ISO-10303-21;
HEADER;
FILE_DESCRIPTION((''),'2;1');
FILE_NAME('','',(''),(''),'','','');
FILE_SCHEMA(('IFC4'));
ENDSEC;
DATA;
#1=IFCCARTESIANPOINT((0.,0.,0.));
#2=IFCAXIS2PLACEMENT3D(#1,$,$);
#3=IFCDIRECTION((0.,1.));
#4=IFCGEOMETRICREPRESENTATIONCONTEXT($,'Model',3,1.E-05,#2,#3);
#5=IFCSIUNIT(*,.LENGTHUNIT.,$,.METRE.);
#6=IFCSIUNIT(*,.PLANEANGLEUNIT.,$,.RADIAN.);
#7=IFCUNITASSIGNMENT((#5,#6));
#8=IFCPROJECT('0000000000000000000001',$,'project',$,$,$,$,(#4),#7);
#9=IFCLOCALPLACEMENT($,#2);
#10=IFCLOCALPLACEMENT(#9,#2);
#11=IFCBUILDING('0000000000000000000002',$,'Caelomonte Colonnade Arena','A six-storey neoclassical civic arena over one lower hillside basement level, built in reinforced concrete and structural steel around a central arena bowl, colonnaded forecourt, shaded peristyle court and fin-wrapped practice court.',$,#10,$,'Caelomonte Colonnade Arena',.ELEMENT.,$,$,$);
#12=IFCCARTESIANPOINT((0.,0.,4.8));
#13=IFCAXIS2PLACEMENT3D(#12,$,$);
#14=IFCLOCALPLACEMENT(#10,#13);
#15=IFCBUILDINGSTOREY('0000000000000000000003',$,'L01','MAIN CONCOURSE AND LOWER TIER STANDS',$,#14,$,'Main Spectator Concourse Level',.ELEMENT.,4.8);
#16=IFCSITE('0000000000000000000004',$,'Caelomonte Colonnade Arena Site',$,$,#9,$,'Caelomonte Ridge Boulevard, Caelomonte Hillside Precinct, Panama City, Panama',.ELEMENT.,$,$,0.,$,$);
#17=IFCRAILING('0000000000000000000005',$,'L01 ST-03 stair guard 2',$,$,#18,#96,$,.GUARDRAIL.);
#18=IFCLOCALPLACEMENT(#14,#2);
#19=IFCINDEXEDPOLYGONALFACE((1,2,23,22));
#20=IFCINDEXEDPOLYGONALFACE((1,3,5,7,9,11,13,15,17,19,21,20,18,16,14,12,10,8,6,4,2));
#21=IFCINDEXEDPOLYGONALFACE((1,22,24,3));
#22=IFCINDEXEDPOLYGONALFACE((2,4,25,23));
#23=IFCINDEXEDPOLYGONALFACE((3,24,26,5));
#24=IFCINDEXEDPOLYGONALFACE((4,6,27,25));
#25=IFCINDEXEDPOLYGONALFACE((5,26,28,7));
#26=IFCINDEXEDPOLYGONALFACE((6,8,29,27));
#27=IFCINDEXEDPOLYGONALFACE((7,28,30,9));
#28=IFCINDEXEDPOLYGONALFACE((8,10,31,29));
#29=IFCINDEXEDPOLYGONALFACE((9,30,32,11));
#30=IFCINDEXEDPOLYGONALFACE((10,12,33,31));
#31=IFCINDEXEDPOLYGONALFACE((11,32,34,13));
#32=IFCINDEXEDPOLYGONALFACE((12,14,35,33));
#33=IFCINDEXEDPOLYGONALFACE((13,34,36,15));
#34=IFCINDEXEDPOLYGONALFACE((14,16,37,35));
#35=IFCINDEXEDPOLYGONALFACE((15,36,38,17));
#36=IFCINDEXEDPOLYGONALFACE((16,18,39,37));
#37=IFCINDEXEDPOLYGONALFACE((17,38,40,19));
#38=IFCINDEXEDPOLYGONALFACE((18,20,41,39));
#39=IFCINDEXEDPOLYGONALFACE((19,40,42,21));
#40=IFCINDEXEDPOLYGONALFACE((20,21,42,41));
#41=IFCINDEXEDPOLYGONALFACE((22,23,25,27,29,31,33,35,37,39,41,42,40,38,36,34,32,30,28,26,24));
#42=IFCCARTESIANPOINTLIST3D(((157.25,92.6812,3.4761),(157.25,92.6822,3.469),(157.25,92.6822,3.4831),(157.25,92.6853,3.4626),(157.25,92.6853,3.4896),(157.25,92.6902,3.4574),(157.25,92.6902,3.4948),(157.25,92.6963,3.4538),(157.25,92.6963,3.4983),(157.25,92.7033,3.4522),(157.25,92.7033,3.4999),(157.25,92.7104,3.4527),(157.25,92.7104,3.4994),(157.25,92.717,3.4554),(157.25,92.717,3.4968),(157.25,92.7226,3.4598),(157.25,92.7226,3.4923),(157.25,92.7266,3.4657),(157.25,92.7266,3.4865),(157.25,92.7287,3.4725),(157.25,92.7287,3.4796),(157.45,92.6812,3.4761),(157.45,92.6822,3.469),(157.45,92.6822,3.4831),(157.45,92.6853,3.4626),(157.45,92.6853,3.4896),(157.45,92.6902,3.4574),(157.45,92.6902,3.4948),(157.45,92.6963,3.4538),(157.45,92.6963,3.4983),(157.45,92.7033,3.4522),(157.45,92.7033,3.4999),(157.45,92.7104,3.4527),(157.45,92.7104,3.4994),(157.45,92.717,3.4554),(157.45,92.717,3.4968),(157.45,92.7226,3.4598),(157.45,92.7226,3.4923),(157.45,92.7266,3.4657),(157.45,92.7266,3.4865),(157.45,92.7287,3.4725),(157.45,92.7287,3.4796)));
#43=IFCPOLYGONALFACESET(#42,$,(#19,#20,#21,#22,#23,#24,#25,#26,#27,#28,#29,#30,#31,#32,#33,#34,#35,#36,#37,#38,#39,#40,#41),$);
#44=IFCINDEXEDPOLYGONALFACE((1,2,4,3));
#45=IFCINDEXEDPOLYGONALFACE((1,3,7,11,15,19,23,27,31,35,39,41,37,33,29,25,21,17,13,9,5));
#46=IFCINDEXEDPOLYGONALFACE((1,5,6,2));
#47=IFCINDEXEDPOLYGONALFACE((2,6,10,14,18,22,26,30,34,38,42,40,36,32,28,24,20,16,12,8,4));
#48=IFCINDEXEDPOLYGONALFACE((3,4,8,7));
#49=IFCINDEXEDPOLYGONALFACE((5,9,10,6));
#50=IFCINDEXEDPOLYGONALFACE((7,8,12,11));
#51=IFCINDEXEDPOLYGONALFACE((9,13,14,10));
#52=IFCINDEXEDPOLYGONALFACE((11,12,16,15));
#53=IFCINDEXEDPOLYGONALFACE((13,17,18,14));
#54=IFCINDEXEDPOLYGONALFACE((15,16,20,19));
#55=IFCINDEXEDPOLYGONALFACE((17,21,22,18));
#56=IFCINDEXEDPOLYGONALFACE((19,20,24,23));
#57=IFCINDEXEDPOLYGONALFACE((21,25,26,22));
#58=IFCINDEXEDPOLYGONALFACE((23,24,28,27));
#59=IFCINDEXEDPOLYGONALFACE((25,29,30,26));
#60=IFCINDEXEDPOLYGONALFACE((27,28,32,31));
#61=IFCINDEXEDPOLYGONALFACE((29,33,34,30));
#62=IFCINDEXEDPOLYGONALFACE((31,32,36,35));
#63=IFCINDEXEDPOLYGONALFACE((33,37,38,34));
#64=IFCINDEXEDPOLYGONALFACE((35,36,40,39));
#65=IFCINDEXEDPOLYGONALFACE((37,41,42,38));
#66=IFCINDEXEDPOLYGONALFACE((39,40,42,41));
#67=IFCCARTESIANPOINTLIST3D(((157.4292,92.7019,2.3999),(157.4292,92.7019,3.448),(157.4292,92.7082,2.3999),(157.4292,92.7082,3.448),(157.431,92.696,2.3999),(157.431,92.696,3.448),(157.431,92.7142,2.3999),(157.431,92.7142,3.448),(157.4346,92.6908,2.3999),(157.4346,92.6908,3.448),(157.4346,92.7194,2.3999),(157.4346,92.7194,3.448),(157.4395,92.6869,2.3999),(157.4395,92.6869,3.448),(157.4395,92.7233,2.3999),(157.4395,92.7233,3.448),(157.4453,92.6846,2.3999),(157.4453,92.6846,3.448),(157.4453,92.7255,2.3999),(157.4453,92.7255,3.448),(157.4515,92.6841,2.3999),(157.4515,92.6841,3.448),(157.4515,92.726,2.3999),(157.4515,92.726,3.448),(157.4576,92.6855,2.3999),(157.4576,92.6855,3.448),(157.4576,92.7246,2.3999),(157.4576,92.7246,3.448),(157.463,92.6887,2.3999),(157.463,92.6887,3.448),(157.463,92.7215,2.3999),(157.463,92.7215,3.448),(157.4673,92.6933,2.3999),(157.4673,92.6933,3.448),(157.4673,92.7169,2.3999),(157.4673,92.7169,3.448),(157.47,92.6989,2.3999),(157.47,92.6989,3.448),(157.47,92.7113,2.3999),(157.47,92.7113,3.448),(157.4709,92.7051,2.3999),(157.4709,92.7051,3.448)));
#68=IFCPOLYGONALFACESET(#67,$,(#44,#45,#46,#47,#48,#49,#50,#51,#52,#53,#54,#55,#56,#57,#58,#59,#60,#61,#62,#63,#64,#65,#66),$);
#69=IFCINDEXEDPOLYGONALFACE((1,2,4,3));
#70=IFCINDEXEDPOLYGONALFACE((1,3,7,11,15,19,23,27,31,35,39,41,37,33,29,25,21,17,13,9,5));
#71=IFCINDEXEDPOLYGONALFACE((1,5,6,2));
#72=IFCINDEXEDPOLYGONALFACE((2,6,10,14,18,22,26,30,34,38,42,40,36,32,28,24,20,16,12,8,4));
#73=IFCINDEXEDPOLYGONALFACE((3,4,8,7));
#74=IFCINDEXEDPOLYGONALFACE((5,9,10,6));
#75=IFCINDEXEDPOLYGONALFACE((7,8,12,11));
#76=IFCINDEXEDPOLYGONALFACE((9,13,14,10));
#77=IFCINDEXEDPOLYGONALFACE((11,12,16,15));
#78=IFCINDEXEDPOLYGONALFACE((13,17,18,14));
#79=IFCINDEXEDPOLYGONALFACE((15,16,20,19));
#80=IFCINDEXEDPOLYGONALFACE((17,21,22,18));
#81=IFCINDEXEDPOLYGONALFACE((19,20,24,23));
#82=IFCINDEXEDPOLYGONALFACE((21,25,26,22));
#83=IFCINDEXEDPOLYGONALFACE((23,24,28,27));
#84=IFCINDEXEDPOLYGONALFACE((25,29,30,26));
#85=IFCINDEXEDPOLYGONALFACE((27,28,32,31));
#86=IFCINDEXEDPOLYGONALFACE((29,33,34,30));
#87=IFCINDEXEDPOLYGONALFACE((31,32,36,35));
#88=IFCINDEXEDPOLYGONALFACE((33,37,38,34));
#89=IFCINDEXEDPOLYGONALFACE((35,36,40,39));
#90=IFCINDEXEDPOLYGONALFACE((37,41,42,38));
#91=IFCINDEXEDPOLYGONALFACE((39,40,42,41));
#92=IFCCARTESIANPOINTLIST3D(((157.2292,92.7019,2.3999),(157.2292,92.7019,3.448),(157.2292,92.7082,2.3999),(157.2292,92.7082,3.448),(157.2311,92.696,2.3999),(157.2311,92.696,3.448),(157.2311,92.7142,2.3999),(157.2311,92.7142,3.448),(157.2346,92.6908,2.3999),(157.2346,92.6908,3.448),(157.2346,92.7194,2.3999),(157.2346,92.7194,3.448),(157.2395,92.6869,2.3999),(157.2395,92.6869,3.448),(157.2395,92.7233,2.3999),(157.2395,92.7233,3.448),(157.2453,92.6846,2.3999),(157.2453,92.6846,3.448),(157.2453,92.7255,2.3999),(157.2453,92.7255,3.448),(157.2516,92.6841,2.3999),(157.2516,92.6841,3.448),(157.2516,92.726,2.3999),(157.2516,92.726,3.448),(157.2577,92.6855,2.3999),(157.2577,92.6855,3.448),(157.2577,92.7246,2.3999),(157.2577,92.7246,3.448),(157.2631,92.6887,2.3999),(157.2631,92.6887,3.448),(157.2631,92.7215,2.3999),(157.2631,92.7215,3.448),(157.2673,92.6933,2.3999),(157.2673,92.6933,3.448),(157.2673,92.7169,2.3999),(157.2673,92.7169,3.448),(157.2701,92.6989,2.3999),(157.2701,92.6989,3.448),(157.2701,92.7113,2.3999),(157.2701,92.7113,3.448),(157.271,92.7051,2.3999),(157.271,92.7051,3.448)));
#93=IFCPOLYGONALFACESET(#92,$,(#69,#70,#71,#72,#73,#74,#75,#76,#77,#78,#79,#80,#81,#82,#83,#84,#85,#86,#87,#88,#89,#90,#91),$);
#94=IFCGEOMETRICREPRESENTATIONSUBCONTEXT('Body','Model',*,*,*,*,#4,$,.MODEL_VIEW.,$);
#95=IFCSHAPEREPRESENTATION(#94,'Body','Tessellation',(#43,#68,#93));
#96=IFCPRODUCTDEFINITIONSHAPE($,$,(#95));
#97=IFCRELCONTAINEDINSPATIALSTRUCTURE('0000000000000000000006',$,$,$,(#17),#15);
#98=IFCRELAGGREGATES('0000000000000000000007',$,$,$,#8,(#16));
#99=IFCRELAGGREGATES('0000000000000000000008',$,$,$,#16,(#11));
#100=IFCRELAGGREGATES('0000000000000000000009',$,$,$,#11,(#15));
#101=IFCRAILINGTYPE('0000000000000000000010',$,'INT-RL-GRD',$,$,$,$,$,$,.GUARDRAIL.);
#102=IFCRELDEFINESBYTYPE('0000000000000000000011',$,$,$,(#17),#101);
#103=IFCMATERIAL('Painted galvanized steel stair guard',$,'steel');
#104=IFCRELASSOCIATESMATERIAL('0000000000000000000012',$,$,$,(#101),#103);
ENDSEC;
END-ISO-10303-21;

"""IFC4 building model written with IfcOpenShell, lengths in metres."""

from ifc_helpers import new_model, si_unit, direction, frame, origin, origin_2d, place, context, subcontext, project, spatial, circle, extrude, material, type_object, element, save


model = new_model("IFC4")

# Units and contexts
model_context = context("Model", 3, precision=1e-05, world=origin(), true_north=direction((0.0, 1.0)))
body_context = subcontext(model_context, "Body", "Model", "MODEL_VIEW")
ifc_project = project(units=[si_unit("LENGTHUNIT", "METRE"), si_unit("PLANEANGLEUNIT", "RADIAN")], contexts=[model_context])

# Site, building, storey
site_placement = place(None, origin())
site = spatial("IfcSite", under=ifc_project, at=site_placement, Name="Caelomonte Colonnade Arena Site", LongName="Caelomonte Ridge Boulevard, Caelomonte Hillside Precinct, Panama City, Panama", CompositionType="ELEMENT", RefElevation=0.0)
building_placement = place(site_placement, origin())
building = spatial("IfcBuilding", under=site, at=building_placement, Name="Caelomonte Colonnade Arena", Description="A six-storey neoclassical civic arena over one lower hillside basement level, built in reinforced concrete and structural steel around a central arena bowl, colonnaded forecourt, shaded peristyle court and fin-wrapped practice court.", LongName="Caelomonte Colonnade Arena", CompositionType="ELEMENT")
storey_placement = place(building_placement, frame((0.0, 0.0, 4.8)))
storey = spatial("IfcBuildingStorey", under=building, at=storey_placement, Name="L01", Description="MAIN CONCOURSE AND LOWER TIER STANDS", LongName="Main Spectator Concourse Level", CompositionType="ELEMENT", Elevation=4.8)

# Railing
ifc_material_1 = material(Name="Painted galvanized steel stair guard", Category="steel")
railing_type_1 = type_object("IfcRailingType", Name="INT-RL-GRD", PredefinedType="GUARDRAIL", material=ifc_material_1)
railing_1_placement = place(storey_placement, frame((157.45, 92.7051, 2.3999)))
element("IfcRailing", 1, at=railing_1_placement, inside=storey, type_object=railing_type_1, Name="L01 ST-03 stair guard 2", PredefinedType="GUARDRAIL", context=body_context, shape_type="SweptSolid", body=[
    extrude(circle(Radius=0.0239, at=origin_2d()), frame((0.0, 0.0, 1.0762), z_axis=(-1.0, 0.0, 0.0), x_axis=(0.0, -1.0, 0.0)), (0.0, 0.0, 1.0), 0.2),
    extrude(circle(Radius=0.021, at=origin_2d()), origin(), (0.0, 0.0, 1.0), 1.0481),
    extrude(circle(Radius=0.021, at=origin_2d()), frame((-0.2, 0.0, 0.0)), (0.0, 0.0, 1.0), 1.0481),
])

save(model, "model.ifc")
